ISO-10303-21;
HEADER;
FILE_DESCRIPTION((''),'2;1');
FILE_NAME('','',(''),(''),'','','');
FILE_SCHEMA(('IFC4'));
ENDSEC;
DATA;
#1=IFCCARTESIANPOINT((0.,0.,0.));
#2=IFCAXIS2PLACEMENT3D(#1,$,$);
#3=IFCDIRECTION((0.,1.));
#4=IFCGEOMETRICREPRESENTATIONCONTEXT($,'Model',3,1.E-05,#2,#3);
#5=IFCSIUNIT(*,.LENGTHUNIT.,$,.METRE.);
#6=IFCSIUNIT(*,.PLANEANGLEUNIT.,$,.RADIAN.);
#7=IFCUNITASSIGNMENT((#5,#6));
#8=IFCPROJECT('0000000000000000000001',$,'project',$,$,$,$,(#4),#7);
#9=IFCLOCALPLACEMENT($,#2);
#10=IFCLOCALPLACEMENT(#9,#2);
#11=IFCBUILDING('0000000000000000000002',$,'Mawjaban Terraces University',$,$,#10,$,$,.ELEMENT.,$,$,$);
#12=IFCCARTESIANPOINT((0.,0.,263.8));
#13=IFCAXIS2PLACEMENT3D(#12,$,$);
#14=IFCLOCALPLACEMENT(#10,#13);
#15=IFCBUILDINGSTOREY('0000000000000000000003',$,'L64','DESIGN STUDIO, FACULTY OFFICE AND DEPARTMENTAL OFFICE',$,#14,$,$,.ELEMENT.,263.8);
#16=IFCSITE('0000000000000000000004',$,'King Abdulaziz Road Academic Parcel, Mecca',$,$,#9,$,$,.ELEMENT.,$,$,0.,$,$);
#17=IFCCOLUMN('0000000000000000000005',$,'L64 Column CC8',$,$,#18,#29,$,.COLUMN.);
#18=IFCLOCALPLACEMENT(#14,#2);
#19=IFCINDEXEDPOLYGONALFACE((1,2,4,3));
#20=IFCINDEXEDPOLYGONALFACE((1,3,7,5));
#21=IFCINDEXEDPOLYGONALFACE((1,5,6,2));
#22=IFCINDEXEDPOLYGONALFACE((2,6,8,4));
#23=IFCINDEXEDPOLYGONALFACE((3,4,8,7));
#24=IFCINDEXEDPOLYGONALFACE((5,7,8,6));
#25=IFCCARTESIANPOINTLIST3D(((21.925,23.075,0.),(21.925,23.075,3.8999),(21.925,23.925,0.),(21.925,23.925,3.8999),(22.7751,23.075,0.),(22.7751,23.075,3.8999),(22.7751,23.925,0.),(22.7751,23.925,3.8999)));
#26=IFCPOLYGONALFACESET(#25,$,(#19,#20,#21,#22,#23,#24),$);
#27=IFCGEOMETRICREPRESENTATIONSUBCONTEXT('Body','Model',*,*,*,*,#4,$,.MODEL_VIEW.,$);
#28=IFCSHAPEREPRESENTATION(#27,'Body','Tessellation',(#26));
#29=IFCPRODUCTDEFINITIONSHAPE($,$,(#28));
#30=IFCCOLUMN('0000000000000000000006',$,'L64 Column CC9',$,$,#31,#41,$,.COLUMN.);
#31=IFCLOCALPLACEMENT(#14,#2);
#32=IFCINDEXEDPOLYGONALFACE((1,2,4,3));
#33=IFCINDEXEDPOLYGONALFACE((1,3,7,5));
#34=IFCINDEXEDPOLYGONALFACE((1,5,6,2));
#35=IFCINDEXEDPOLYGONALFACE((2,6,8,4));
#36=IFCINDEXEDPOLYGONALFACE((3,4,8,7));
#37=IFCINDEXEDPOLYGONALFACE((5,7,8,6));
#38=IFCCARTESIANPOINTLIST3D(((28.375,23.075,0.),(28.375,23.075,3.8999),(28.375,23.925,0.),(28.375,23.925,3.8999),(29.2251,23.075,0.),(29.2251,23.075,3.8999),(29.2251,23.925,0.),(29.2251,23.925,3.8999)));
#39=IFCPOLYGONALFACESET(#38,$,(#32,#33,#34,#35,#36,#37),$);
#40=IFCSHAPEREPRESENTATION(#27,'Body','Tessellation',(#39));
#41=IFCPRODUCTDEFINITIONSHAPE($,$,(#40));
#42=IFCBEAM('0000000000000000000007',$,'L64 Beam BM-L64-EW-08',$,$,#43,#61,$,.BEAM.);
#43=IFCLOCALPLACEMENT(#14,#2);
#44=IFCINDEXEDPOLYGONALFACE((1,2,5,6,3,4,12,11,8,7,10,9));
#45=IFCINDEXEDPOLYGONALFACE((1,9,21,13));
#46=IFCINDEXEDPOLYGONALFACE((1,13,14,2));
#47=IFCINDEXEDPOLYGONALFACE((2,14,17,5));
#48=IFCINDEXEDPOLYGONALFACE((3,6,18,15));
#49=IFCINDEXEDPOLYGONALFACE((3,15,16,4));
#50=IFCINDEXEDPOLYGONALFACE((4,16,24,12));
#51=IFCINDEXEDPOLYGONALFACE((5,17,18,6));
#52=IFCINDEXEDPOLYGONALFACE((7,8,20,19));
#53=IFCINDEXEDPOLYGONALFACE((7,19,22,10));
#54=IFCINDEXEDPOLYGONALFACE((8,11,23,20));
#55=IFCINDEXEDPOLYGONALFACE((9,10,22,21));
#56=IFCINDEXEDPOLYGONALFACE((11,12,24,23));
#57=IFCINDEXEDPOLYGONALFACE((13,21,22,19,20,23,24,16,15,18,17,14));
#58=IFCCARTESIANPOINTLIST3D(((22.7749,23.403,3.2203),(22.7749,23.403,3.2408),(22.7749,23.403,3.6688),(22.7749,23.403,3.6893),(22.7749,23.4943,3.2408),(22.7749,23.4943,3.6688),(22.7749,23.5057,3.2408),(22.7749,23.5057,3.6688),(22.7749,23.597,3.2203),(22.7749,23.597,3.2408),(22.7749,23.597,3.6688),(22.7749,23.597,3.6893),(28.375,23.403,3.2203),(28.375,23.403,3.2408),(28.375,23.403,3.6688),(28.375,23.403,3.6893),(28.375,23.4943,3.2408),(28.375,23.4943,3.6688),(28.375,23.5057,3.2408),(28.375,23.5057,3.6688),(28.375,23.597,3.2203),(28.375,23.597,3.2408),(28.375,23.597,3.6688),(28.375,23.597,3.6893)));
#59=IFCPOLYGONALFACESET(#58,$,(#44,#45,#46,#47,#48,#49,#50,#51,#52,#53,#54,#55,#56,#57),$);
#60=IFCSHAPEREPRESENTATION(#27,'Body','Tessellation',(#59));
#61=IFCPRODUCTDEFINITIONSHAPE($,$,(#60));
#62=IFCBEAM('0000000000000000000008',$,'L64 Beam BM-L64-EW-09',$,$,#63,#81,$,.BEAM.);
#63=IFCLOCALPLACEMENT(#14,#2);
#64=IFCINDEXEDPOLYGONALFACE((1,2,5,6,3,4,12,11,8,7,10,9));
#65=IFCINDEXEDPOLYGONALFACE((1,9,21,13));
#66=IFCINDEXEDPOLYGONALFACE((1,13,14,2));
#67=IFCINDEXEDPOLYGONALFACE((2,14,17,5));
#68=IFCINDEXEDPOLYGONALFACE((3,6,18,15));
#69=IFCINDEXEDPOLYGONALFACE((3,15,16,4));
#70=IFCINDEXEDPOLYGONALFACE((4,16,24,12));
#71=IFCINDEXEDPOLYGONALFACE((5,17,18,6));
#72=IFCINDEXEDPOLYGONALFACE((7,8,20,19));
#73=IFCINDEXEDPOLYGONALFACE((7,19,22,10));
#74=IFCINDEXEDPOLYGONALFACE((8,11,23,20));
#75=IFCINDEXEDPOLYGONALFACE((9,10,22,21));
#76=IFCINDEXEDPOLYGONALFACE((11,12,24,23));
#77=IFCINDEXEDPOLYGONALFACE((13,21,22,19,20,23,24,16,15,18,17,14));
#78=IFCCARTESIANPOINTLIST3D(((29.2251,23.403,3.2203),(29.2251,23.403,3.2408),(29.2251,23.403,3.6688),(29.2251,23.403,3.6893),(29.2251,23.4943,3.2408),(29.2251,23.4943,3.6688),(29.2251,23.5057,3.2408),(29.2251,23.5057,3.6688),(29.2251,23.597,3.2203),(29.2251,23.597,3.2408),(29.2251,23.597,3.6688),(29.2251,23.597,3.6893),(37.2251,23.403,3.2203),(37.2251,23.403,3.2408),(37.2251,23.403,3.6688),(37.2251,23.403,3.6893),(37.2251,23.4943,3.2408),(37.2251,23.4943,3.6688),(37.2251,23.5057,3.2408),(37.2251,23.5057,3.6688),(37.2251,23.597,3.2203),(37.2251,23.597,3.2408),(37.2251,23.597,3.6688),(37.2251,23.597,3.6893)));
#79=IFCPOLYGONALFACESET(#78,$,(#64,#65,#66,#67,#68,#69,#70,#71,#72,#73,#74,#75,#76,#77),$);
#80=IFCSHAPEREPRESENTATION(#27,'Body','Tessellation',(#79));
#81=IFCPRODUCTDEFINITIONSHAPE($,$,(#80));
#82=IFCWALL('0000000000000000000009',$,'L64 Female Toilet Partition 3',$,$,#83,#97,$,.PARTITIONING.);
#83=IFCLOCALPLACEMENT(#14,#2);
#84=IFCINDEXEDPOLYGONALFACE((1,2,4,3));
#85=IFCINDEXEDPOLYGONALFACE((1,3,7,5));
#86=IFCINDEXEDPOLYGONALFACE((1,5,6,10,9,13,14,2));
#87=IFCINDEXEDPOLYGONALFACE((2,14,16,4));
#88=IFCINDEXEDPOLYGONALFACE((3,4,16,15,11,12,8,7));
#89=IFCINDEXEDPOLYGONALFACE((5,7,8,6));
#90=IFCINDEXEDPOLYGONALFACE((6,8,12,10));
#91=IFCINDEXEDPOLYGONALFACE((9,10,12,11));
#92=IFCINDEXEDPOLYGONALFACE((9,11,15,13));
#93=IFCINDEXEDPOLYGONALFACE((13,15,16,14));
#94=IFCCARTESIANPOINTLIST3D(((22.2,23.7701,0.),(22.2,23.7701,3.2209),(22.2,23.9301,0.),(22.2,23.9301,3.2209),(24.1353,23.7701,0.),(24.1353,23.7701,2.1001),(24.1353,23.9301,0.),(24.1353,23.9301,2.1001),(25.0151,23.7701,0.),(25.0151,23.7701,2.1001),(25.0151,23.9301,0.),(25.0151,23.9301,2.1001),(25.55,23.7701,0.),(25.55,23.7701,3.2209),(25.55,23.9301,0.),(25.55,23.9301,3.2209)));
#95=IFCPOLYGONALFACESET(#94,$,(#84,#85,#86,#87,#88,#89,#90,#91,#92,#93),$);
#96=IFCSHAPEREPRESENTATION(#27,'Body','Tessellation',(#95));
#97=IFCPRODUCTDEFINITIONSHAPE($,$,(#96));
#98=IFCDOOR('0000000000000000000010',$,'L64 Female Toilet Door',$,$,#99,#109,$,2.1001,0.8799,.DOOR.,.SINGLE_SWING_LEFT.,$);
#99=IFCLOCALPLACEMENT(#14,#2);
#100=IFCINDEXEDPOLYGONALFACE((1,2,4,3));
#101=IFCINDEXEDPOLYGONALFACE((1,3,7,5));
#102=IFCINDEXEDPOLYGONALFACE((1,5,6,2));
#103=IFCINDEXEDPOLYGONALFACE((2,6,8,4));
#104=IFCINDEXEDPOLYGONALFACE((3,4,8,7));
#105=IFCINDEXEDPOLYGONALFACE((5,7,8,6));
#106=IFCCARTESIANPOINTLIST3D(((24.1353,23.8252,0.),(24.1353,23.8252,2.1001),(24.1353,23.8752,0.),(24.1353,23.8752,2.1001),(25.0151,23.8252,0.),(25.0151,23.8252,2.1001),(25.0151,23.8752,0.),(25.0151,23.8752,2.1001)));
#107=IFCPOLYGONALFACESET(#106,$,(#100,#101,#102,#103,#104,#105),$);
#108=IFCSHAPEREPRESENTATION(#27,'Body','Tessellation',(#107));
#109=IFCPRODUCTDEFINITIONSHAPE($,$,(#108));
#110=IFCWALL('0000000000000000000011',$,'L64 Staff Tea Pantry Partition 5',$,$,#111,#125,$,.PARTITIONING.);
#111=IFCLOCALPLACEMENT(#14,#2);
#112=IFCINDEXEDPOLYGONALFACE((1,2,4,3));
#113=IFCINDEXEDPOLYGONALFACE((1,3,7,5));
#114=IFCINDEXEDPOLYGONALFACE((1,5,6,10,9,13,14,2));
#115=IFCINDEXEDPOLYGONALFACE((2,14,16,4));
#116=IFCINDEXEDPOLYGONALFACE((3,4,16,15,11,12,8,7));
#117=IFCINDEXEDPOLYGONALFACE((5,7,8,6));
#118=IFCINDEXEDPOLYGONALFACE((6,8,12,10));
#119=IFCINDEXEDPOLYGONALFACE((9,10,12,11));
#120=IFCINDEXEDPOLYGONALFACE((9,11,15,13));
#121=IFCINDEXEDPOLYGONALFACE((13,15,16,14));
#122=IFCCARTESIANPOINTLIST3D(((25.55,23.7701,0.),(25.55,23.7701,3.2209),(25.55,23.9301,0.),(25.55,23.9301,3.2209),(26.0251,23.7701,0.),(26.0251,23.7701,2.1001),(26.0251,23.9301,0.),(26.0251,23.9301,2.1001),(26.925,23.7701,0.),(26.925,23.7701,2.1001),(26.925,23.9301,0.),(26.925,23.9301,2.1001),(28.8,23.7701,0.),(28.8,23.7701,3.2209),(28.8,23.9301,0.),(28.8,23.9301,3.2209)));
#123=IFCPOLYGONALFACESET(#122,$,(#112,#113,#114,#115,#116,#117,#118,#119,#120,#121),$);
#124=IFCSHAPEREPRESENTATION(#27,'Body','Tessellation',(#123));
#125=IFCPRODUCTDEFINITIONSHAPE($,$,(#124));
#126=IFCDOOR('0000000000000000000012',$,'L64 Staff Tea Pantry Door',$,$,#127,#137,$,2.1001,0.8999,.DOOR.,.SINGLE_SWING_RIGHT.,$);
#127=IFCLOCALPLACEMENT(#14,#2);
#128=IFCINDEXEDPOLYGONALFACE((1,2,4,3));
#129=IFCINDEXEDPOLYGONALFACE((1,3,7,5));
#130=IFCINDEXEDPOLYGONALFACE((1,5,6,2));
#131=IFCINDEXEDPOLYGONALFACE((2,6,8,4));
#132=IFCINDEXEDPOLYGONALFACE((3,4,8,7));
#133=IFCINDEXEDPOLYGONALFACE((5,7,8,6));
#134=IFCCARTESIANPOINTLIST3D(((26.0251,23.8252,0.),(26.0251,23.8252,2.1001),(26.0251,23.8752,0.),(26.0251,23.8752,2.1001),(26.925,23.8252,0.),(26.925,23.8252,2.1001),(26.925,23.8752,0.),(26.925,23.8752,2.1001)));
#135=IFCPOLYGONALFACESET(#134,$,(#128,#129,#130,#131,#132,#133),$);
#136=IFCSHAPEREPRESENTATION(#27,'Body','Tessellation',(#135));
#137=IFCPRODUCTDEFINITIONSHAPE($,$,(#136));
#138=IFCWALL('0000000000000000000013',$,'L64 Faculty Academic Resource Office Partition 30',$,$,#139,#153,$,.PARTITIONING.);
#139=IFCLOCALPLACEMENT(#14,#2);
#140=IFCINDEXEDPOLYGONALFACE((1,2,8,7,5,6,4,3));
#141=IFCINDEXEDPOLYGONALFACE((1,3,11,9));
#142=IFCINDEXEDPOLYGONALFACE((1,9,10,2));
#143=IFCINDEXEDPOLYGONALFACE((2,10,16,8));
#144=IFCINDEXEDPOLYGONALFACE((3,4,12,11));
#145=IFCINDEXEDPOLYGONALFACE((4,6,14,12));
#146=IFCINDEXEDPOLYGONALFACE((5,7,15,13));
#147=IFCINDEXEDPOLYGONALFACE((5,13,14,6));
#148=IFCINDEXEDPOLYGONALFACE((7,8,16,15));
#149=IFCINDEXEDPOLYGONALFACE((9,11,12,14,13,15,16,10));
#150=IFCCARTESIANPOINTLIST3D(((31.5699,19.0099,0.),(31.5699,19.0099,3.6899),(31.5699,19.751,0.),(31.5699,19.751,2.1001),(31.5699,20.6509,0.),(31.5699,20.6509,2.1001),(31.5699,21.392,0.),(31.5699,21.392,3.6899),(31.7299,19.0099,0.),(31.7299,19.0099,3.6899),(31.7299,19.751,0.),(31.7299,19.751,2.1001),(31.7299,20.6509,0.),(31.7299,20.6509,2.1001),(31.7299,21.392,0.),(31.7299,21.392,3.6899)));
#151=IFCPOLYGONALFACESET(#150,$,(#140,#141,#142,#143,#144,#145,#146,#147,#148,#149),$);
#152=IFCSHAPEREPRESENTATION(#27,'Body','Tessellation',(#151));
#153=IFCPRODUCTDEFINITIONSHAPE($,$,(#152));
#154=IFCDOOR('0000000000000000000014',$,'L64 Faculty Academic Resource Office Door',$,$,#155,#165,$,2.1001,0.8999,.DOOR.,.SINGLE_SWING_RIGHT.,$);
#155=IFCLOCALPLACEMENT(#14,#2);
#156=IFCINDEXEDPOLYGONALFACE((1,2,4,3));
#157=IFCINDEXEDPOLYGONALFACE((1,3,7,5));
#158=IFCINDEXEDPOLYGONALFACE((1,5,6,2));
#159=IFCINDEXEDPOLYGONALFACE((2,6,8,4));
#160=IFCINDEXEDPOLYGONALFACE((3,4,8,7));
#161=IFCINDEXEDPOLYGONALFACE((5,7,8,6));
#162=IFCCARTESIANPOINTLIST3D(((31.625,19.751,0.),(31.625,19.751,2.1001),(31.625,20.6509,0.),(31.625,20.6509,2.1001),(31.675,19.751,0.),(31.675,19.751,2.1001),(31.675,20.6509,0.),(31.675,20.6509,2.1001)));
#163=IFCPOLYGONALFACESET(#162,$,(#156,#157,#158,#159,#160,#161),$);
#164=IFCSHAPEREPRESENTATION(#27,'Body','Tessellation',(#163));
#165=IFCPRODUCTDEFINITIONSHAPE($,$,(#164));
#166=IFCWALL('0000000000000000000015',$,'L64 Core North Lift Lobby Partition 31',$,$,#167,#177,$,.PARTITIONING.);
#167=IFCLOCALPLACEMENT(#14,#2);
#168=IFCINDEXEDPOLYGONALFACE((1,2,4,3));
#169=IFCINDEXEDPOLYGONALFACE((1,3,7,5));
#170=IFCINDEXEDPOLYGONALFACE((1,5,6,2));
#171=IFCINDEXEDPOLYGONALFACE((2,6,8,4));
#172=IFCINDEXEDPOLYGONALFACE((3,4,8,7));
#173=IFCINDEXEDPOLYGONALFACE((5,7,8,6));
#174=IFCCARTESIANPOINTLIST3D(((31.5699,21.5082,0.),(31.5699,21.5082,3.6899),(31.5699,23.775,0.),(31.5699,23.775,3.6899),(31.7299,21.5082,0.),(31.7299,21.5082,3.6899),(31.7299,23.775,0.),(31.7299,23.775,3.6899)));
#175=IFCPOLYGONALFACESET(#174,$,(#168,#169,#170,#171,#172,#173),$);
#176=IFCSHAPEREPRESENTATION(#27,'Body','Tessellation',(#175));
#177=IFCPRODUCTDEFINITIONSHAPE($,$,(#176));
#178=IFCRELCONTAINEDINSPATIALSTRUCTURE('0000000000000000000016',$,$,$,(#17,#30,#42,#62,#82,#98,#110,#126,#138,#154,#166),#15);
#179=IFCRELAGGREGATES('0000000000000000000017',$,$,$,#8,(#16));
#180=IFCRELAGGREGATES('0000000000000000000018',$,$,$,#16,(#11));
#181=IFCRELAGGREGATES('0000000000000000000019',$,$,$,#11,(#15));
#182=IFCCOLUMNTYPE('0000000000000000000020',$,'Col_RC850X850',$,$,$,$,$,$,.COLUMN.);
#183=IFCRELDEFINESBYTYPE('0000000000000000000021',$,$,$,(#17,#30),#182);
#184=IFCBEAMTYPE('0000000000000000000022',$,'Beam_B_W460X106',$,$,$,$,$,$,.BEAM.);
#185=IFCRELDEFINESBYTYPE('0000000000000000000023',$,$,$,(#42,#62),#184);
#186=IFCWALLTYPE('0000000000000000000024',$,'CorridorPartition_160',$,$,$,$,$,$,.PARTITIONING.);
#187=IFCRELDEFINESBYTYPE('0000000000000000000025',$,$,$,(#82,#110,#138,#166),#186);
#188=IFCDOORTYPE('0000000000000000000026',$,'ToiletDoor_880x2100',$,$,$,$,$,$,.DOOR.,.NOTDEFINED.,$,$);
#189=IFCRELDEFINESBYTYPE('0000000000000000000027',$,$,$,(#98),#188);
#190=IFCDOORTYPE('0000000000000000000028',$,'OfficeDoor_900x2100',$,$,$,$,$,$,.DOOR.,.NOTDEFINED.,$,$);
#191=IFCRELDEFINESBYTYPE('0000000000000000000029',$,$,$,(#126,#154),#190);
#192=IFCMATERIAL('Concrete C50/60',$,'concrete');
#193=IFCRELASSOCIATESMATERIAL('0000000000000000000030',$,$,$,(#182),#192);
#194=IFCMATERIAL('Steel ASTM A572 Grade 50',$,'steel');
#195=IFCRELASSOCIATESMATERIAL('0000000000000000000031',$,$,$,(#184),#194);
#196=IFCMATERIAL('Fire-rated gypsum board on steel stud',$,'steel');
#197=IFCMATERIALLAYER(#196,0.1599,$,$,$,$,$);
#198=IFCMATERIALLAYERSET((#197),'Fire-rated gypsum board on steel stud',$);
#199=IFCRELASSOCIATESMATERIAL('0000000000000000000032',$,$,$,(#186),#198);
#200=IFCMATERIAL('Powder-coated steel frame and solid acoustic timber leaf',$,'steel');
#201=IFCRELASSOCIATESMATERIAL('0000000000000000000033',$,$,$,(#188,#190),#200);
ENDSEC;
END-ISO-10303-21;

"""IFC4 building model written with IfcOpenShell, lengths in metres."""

from ifc_helpers import new_model, si_unit, direction, frame, frame_2d, origin, origin_2d, place, context, subcontext, project, spatial, rectangle, i_section, extrude, material, layer, layer_set, material_profile, profile_set, type_object, element, fill, save


model = new_model("IFC4")

# Units and contexts
model_context = context("Model", 3, precision=1e-05, world=origin(), true_north=direction((0.0, 1.0)))
body_context = subcontext(model_context, "Body", "Model", "MODEL_VIEW")
ifc_project = project(units=[si_unit("LENGTHUNIT", "METRE"), si_unit("PLANEANGLEUNIT", "RADIAN")], contexts=[model_context])

# Site, building, storey
site_placement = place(None, origin())
site = spatial("IfcSite", under=ifc_project, at=site_placement, Name="King Abdulaziz Road Academic Parcel, Mecca", CompositionType="ELEMENT", RefElevation=0.0)
building_placement = place(site_placement, origin())
building = spatial("IfcBuilding", under=site, at=building_placement, Name="Mawjaban Terraces University", CompositionType="ELEMENT")
storey_placement = place(building_placement, frame((0.0, 0.0, 263.8)))
storey = spatial("IfcBuildingStorey", under=building, at=storey_placement, Name="L64", Description="DESIGN STUDIO, FACULTY OFFICE AND DEPARTMENTAL OFFICE", CompositionType="ELEMENT", Elevation=263.8)

# Columns
ifc_material_1 = material(Name="Concrete C50/60", Category="concrete")
ifc_material_profile_1 = material_profile(ifc_material_1, rectangle(XDim=0.8501, YDim=0.8501, at=origin_2d()), Name="RC850X850")
ifc_profile_set_1 = profile_set([ifc_material_profile_1], Name="Concrete C50/60")
column_type = type_object("IfcColumnType", Name="Col_RC850X850", PredefinedType="COLUMN", material=ifc_profile_set_1)
for number, where, z_axis, x_axis, name in (
    (1, (22.3501, 23.5, 0.0), (0.0, 0.0, 1.0), (1.0, 0.0, 0.0), "L64 Column CC8"),
    (2, (28.8, 23.5, 0.0), (0.0, 0.0, 1.0), (1.0, 0.0, 0.0), "L64 Column CC9"),
):
    element("IfcColumn", number, at=place(storey_placement, frame(where, z_axis=z_axis, x_axis=x_axis)), inside=storey, type_object=column_type, Name=name, PredefinedType="COLUMN", context=body_context, shape_type="SweptSolid", body=[
        extrude(rectangle(XDim=0.8501, YDim=0.8501, at=origin_2d()), origin(), (0.0, 0.0, 1.0), 3.8999),
    ])

# Beams
ifc_material_2 = material(Name="Steel ASTM A572 Grade 50", Category="steel")
ifc_material_profile_2 = material_profile(ifc_material_2, i_section(OverallWidth=0.1941, OverallDepth=0.469, WebThickness=0.0115, FlangeThickness=0.0205, at=origin_2d()), Name="W460X106")
ifc_profile_set_2 = profile_set([ifc_material_profile_2], Name="Steel ASTM A572 Grade 50")
beam_type = type_object("IfcBeamType", Name="Beam_B_W460X106", PredefinedType="BEAM", material=ifc_profile_set_2)
beam_1_placement = place(storey_placement, frame((22.7749, 23.5, 3.4548), z_axis=(1.0, 0.0, 0.0), x_axis=(0.0, 1.0, 0.0)))
element("IfcBeam", 3, at=beam_1_placement, inside=storey, type_object=beam_type, Name="L64 Beam BM-L64-EW-08", PredefinedType="BEAM", context=body_context, shape_type="SweptSolid", body=[
    extrude(i_section(OverallWidth=0.1941, OverallDepth=0.469, WebThickness=0.0115, FlangeThickness=0.0205, at=origin_2d()), origin(), (0.0, 0.0, 1.0), 5.6001),
])
beam_2_placement = place(storey_placement, frame((29.2251, 23.5, 3.4548), z_axis=(1.0, 0.0, 0.0), x_axis=(0.0, 1.0, 0.0)))
element("IfcBeam", 4, at=beam_2_placement, inside=storey, type_object=beam_type, Name="L64 Beam BM-L64-EW-09", PredefinedType="BEAM", context=body_context, shape_type="SweptSolid", body=[
    extrude(i_section(OverallWidth=0.1941, OverallDepth=0.469, WebThickness=0.0115, FlangeThickness=0.0205, at=origin_2d()), origin(), (0.0, 0.0, 1.0), 8.0),
])

# Walls, openings, doors
ifc_material_3 = material(Name="Fire-rated gypsum board on steel stud", Category="steel")
ifc_layer_1 = layer(ifc_material_3, 0.1599)
ifc_layer_set_1 = layer_set([ifc_layer_1], Name="Fire-rated gypsum board on steel stud")
wall_type_1 = type_object("IfcWallType", Name="CorridorPartition_160", PredefinedType="PARTITIONING", material=ifc_layer_set_1)
wall_1_placement = place(storey_placement, frame((25.55, 23.8501, 0.0), z_axis=(0.0, 0.0, 1.0), x_axis=(-1.0, 0.0, 0.0)))
wall_1 = element("IfcWall", 5, at=wall_1_placement, inside=storey, type_object=wall_type_1, Name="L64 Female Toilet Partition 3", PredefinedType="PARTITIONING", context=body_context, shape_type="SweptSolid", body=[
    extrude(rectangle(XDim=3.3501, YDim=0.1599, at=frame_2d((1.675, 0.0))), origin(), (0.0, 0.0, 1.0), 3.2209),
])
opening_1_placement = place(wall_1_placement, frame((0.5349, 0.0, 0.0)))
opening_1 = element("IfcOpeningElement", 6, at=opening_1_placement, cuts=wall_1, PredefinedType="OPENING", context=body_context, shape_type="SweptSolid", body=[
    extrude(rectangle(XDim=0.8799, YDim=2.1001, at=frame_2d((0.4399, 1.05))), frame((0.0, 0.0898, 0.0), z_axis=(0.0, -1.0, 0.0), x_axis=(1.0, 0.0, 0.0)), (0.0, 0.0, 1.0), 0.1799),
])
ifc_material_4 = material(Name="Powder-coated steel frame and solid acoustic timber leaf", Category="steel")
door_type_1 = type_object("IfcDoorType", Name="ToiletDoor_880x2100", OperationType="NOTDEFINED", PredefinedType="DOOR", material=ifc_material_4)
door_1_placement = place(opening_1_placement, origin())
door_1 = element("IfcDoor", 7, at=door_1_placement, inside=storey, type_object=door_type_1, Name="L64 Female Toilet Door", OperationType="SINGLE_SWING_LEFT", OverallHeight=2.1001, OverallWidth=0.8799, PredefinedType="DOOR", context=body_context, shape_type="SweptSolid", body=[
    extrude(rectangle(XDim=0.8799, YDim=2.1001, at=frame_2d((0.4399, 1.05))), frame((0.0, 0.0249, 0.0), z_axis=(0.0, -1.0, 0.0), x_axis=(1.0, 0.0, 0.0)), (0.0, 0.0, 1.0), 0.05),
])
fill(opening_1, door_1)
wall_2_placement = place(storey_placement, frame((28.8, 23.8501, 0.0), z_axis=(0.0, 0.0, 1.0), x_axis=(-1.0, 0.0, 0.0)))
wall_2 = element("IfcWall", 8, at=wall_2_placement, inside=storey, type_object=wall_type_1, Name="L64 Staff Tea Pantry Partition 5", PredefinedType="PARTITIONING", context=body_context, shape_type="SweptSolid", body=[
    extrude(rectangle(XDim=3.25, YDim=0.1599, at=frame_2d((1.625, 0.0))), origin(), (0.0, 0.0, 1.0), 3.2209),
])
opening_2_placement = place(wall_2_placement, frame((1.875, 0.0, 0.0)))
opening_2 = element("IfcOpeningElement", 9, at=opening_2_placement, cuts=wall_2, PredefinedType="OPENING", context=body_context, shape_type="SweptSolid", body=[
    extrude(rectangle(XDim=0.8999, YDim=2.1001, at=frame_2d((0.45, 1.05))), frame((0.0, 0.0898, 0.0), z_axis=(0.0, -1.0, 0.0), x_axis=(1.0, 0.0, 0.0)), (0.0, 0.0, 1.0), 0.1799),
])
door_type_2 = type_object("IfcDoorType", Name="OfficeDoor_900x2100", OperationType="NOTDEFINED", PredefinedType="DOOR", material=ifc_material_4)
door_2_placement = place(opening_2_placement, origin())
door_2 = element("IfcDoor", 10, at=door_2_placement, inside=storey, type_object=door_type_2, Name="L64 Staff Tea Pantry Door", OperationType="SINGLE_SWING_RIGHT", OverallHeight=2.1001, OverallWidth=0.8999, PredefinedType="DOOR", context=body_context, shape_type="SweptSolid", body=[
    extrude(rectangle(XDim=0.8999, YDim=2.1001, at=frame_2d((0.45, 1.05))), frame((0.0, 0.0249, 0.0), z_axis=(0.0, -1.0, 0.0), x_axis=(1.0, 0.0, 0.0)), (0.0, 0.0, 1.0), 0.05),
])
fill(opening_2, door_2)
wall_3_placement = place(storey_placement, frame((31.6499, 19.01, 0.0), z_axis=(0.0, 0.0, 1.0), x_axis=(0.0, 1.0, 0.0)))
wall_3 = element("IfcWall", 11, at=wall_3_placement, inside=storey, type_object=wall_type_1, Name="L64 Faculty Academic Resource Office Partition 30", PredefinedType="PARTITIONING", context=body_context, shape_type="SweptSolid", body=[
    extrude(rectangle(XDim=2.3821, YDim=0.1599, at=frame_2d((1.1909, 0.0))), origin(), (0.0, 0.0, 1.0), 3.6899),
])
opening_3_placement = place(wall_3_placement, frame((0.741, 0.0, 0.0)))
opening_3 = element("IfcOpeningElement", 12, at=opening_3_placement, cuts=wall_3, PredefinedType="OPENING", context=body_context, shape_type="SweptSolid", body=[
    extrude(rectangle(XDim=0.8999, YDim=2.1001, at=frame_2d((0.45, 1.05))), frame((0.0, 0.0898, 0.0), z_axis=(0.0, -1.0, 0.0), x_axis=(1.0, 0.0, 0.0)), (0.0, 0.0, 1.0), 0.1799),
])
door_3_placement = place(opening_3_placement, origin())
door_3 = element("IfcDoor", 13, at=door_3_placement, inside=storey, type_object=door_type_2, Name="L64 Faculty Academic Resource Office Door", OperationType="SINGLE_SWING_RIGHT", OverallHeight=2.1001, OverallWidth=0.8999, PredefinedType="DOOR", context=body_context, shape_type="SweptSolid", body=[
    extrude(rectangle(XDim=0.8999, YDim=2.1001, at=frame_2d((0.45, 1.05))), frame((0.0, 0.0249, 0.0), z_axis=(0.0, -1.0, 0.0), x_axis=(1.0, 0.0, 0.0)), (0.0, 0.0, 1.0), 0.05),
])
fill(opening_3, door_3)

# Wall
wall_4_placement = place(storey_placement, frame((31.6499, 23.7749, 0.0), z_axis=(0.0, 0.0, 1.0), x_axis=(0.0, -1.0, 0.0)))
element("IfcWall", 14, at=wall_4_placement, inside=storey, type_object=wall_type_1, Name="L64 Core North Lift Lobby Partition 31", PredefinedType="PARTITIONING", context=body_context, shape_type="SweptSolid", body=[
    extrude(rectangle(XDim=2.2668, YDim=0.1599, at=frame_2d((1.1333, 0.0))), origin(), (0.0, 0.0, 1.0), 3.6899),
])

save(model, "model.ifc")
